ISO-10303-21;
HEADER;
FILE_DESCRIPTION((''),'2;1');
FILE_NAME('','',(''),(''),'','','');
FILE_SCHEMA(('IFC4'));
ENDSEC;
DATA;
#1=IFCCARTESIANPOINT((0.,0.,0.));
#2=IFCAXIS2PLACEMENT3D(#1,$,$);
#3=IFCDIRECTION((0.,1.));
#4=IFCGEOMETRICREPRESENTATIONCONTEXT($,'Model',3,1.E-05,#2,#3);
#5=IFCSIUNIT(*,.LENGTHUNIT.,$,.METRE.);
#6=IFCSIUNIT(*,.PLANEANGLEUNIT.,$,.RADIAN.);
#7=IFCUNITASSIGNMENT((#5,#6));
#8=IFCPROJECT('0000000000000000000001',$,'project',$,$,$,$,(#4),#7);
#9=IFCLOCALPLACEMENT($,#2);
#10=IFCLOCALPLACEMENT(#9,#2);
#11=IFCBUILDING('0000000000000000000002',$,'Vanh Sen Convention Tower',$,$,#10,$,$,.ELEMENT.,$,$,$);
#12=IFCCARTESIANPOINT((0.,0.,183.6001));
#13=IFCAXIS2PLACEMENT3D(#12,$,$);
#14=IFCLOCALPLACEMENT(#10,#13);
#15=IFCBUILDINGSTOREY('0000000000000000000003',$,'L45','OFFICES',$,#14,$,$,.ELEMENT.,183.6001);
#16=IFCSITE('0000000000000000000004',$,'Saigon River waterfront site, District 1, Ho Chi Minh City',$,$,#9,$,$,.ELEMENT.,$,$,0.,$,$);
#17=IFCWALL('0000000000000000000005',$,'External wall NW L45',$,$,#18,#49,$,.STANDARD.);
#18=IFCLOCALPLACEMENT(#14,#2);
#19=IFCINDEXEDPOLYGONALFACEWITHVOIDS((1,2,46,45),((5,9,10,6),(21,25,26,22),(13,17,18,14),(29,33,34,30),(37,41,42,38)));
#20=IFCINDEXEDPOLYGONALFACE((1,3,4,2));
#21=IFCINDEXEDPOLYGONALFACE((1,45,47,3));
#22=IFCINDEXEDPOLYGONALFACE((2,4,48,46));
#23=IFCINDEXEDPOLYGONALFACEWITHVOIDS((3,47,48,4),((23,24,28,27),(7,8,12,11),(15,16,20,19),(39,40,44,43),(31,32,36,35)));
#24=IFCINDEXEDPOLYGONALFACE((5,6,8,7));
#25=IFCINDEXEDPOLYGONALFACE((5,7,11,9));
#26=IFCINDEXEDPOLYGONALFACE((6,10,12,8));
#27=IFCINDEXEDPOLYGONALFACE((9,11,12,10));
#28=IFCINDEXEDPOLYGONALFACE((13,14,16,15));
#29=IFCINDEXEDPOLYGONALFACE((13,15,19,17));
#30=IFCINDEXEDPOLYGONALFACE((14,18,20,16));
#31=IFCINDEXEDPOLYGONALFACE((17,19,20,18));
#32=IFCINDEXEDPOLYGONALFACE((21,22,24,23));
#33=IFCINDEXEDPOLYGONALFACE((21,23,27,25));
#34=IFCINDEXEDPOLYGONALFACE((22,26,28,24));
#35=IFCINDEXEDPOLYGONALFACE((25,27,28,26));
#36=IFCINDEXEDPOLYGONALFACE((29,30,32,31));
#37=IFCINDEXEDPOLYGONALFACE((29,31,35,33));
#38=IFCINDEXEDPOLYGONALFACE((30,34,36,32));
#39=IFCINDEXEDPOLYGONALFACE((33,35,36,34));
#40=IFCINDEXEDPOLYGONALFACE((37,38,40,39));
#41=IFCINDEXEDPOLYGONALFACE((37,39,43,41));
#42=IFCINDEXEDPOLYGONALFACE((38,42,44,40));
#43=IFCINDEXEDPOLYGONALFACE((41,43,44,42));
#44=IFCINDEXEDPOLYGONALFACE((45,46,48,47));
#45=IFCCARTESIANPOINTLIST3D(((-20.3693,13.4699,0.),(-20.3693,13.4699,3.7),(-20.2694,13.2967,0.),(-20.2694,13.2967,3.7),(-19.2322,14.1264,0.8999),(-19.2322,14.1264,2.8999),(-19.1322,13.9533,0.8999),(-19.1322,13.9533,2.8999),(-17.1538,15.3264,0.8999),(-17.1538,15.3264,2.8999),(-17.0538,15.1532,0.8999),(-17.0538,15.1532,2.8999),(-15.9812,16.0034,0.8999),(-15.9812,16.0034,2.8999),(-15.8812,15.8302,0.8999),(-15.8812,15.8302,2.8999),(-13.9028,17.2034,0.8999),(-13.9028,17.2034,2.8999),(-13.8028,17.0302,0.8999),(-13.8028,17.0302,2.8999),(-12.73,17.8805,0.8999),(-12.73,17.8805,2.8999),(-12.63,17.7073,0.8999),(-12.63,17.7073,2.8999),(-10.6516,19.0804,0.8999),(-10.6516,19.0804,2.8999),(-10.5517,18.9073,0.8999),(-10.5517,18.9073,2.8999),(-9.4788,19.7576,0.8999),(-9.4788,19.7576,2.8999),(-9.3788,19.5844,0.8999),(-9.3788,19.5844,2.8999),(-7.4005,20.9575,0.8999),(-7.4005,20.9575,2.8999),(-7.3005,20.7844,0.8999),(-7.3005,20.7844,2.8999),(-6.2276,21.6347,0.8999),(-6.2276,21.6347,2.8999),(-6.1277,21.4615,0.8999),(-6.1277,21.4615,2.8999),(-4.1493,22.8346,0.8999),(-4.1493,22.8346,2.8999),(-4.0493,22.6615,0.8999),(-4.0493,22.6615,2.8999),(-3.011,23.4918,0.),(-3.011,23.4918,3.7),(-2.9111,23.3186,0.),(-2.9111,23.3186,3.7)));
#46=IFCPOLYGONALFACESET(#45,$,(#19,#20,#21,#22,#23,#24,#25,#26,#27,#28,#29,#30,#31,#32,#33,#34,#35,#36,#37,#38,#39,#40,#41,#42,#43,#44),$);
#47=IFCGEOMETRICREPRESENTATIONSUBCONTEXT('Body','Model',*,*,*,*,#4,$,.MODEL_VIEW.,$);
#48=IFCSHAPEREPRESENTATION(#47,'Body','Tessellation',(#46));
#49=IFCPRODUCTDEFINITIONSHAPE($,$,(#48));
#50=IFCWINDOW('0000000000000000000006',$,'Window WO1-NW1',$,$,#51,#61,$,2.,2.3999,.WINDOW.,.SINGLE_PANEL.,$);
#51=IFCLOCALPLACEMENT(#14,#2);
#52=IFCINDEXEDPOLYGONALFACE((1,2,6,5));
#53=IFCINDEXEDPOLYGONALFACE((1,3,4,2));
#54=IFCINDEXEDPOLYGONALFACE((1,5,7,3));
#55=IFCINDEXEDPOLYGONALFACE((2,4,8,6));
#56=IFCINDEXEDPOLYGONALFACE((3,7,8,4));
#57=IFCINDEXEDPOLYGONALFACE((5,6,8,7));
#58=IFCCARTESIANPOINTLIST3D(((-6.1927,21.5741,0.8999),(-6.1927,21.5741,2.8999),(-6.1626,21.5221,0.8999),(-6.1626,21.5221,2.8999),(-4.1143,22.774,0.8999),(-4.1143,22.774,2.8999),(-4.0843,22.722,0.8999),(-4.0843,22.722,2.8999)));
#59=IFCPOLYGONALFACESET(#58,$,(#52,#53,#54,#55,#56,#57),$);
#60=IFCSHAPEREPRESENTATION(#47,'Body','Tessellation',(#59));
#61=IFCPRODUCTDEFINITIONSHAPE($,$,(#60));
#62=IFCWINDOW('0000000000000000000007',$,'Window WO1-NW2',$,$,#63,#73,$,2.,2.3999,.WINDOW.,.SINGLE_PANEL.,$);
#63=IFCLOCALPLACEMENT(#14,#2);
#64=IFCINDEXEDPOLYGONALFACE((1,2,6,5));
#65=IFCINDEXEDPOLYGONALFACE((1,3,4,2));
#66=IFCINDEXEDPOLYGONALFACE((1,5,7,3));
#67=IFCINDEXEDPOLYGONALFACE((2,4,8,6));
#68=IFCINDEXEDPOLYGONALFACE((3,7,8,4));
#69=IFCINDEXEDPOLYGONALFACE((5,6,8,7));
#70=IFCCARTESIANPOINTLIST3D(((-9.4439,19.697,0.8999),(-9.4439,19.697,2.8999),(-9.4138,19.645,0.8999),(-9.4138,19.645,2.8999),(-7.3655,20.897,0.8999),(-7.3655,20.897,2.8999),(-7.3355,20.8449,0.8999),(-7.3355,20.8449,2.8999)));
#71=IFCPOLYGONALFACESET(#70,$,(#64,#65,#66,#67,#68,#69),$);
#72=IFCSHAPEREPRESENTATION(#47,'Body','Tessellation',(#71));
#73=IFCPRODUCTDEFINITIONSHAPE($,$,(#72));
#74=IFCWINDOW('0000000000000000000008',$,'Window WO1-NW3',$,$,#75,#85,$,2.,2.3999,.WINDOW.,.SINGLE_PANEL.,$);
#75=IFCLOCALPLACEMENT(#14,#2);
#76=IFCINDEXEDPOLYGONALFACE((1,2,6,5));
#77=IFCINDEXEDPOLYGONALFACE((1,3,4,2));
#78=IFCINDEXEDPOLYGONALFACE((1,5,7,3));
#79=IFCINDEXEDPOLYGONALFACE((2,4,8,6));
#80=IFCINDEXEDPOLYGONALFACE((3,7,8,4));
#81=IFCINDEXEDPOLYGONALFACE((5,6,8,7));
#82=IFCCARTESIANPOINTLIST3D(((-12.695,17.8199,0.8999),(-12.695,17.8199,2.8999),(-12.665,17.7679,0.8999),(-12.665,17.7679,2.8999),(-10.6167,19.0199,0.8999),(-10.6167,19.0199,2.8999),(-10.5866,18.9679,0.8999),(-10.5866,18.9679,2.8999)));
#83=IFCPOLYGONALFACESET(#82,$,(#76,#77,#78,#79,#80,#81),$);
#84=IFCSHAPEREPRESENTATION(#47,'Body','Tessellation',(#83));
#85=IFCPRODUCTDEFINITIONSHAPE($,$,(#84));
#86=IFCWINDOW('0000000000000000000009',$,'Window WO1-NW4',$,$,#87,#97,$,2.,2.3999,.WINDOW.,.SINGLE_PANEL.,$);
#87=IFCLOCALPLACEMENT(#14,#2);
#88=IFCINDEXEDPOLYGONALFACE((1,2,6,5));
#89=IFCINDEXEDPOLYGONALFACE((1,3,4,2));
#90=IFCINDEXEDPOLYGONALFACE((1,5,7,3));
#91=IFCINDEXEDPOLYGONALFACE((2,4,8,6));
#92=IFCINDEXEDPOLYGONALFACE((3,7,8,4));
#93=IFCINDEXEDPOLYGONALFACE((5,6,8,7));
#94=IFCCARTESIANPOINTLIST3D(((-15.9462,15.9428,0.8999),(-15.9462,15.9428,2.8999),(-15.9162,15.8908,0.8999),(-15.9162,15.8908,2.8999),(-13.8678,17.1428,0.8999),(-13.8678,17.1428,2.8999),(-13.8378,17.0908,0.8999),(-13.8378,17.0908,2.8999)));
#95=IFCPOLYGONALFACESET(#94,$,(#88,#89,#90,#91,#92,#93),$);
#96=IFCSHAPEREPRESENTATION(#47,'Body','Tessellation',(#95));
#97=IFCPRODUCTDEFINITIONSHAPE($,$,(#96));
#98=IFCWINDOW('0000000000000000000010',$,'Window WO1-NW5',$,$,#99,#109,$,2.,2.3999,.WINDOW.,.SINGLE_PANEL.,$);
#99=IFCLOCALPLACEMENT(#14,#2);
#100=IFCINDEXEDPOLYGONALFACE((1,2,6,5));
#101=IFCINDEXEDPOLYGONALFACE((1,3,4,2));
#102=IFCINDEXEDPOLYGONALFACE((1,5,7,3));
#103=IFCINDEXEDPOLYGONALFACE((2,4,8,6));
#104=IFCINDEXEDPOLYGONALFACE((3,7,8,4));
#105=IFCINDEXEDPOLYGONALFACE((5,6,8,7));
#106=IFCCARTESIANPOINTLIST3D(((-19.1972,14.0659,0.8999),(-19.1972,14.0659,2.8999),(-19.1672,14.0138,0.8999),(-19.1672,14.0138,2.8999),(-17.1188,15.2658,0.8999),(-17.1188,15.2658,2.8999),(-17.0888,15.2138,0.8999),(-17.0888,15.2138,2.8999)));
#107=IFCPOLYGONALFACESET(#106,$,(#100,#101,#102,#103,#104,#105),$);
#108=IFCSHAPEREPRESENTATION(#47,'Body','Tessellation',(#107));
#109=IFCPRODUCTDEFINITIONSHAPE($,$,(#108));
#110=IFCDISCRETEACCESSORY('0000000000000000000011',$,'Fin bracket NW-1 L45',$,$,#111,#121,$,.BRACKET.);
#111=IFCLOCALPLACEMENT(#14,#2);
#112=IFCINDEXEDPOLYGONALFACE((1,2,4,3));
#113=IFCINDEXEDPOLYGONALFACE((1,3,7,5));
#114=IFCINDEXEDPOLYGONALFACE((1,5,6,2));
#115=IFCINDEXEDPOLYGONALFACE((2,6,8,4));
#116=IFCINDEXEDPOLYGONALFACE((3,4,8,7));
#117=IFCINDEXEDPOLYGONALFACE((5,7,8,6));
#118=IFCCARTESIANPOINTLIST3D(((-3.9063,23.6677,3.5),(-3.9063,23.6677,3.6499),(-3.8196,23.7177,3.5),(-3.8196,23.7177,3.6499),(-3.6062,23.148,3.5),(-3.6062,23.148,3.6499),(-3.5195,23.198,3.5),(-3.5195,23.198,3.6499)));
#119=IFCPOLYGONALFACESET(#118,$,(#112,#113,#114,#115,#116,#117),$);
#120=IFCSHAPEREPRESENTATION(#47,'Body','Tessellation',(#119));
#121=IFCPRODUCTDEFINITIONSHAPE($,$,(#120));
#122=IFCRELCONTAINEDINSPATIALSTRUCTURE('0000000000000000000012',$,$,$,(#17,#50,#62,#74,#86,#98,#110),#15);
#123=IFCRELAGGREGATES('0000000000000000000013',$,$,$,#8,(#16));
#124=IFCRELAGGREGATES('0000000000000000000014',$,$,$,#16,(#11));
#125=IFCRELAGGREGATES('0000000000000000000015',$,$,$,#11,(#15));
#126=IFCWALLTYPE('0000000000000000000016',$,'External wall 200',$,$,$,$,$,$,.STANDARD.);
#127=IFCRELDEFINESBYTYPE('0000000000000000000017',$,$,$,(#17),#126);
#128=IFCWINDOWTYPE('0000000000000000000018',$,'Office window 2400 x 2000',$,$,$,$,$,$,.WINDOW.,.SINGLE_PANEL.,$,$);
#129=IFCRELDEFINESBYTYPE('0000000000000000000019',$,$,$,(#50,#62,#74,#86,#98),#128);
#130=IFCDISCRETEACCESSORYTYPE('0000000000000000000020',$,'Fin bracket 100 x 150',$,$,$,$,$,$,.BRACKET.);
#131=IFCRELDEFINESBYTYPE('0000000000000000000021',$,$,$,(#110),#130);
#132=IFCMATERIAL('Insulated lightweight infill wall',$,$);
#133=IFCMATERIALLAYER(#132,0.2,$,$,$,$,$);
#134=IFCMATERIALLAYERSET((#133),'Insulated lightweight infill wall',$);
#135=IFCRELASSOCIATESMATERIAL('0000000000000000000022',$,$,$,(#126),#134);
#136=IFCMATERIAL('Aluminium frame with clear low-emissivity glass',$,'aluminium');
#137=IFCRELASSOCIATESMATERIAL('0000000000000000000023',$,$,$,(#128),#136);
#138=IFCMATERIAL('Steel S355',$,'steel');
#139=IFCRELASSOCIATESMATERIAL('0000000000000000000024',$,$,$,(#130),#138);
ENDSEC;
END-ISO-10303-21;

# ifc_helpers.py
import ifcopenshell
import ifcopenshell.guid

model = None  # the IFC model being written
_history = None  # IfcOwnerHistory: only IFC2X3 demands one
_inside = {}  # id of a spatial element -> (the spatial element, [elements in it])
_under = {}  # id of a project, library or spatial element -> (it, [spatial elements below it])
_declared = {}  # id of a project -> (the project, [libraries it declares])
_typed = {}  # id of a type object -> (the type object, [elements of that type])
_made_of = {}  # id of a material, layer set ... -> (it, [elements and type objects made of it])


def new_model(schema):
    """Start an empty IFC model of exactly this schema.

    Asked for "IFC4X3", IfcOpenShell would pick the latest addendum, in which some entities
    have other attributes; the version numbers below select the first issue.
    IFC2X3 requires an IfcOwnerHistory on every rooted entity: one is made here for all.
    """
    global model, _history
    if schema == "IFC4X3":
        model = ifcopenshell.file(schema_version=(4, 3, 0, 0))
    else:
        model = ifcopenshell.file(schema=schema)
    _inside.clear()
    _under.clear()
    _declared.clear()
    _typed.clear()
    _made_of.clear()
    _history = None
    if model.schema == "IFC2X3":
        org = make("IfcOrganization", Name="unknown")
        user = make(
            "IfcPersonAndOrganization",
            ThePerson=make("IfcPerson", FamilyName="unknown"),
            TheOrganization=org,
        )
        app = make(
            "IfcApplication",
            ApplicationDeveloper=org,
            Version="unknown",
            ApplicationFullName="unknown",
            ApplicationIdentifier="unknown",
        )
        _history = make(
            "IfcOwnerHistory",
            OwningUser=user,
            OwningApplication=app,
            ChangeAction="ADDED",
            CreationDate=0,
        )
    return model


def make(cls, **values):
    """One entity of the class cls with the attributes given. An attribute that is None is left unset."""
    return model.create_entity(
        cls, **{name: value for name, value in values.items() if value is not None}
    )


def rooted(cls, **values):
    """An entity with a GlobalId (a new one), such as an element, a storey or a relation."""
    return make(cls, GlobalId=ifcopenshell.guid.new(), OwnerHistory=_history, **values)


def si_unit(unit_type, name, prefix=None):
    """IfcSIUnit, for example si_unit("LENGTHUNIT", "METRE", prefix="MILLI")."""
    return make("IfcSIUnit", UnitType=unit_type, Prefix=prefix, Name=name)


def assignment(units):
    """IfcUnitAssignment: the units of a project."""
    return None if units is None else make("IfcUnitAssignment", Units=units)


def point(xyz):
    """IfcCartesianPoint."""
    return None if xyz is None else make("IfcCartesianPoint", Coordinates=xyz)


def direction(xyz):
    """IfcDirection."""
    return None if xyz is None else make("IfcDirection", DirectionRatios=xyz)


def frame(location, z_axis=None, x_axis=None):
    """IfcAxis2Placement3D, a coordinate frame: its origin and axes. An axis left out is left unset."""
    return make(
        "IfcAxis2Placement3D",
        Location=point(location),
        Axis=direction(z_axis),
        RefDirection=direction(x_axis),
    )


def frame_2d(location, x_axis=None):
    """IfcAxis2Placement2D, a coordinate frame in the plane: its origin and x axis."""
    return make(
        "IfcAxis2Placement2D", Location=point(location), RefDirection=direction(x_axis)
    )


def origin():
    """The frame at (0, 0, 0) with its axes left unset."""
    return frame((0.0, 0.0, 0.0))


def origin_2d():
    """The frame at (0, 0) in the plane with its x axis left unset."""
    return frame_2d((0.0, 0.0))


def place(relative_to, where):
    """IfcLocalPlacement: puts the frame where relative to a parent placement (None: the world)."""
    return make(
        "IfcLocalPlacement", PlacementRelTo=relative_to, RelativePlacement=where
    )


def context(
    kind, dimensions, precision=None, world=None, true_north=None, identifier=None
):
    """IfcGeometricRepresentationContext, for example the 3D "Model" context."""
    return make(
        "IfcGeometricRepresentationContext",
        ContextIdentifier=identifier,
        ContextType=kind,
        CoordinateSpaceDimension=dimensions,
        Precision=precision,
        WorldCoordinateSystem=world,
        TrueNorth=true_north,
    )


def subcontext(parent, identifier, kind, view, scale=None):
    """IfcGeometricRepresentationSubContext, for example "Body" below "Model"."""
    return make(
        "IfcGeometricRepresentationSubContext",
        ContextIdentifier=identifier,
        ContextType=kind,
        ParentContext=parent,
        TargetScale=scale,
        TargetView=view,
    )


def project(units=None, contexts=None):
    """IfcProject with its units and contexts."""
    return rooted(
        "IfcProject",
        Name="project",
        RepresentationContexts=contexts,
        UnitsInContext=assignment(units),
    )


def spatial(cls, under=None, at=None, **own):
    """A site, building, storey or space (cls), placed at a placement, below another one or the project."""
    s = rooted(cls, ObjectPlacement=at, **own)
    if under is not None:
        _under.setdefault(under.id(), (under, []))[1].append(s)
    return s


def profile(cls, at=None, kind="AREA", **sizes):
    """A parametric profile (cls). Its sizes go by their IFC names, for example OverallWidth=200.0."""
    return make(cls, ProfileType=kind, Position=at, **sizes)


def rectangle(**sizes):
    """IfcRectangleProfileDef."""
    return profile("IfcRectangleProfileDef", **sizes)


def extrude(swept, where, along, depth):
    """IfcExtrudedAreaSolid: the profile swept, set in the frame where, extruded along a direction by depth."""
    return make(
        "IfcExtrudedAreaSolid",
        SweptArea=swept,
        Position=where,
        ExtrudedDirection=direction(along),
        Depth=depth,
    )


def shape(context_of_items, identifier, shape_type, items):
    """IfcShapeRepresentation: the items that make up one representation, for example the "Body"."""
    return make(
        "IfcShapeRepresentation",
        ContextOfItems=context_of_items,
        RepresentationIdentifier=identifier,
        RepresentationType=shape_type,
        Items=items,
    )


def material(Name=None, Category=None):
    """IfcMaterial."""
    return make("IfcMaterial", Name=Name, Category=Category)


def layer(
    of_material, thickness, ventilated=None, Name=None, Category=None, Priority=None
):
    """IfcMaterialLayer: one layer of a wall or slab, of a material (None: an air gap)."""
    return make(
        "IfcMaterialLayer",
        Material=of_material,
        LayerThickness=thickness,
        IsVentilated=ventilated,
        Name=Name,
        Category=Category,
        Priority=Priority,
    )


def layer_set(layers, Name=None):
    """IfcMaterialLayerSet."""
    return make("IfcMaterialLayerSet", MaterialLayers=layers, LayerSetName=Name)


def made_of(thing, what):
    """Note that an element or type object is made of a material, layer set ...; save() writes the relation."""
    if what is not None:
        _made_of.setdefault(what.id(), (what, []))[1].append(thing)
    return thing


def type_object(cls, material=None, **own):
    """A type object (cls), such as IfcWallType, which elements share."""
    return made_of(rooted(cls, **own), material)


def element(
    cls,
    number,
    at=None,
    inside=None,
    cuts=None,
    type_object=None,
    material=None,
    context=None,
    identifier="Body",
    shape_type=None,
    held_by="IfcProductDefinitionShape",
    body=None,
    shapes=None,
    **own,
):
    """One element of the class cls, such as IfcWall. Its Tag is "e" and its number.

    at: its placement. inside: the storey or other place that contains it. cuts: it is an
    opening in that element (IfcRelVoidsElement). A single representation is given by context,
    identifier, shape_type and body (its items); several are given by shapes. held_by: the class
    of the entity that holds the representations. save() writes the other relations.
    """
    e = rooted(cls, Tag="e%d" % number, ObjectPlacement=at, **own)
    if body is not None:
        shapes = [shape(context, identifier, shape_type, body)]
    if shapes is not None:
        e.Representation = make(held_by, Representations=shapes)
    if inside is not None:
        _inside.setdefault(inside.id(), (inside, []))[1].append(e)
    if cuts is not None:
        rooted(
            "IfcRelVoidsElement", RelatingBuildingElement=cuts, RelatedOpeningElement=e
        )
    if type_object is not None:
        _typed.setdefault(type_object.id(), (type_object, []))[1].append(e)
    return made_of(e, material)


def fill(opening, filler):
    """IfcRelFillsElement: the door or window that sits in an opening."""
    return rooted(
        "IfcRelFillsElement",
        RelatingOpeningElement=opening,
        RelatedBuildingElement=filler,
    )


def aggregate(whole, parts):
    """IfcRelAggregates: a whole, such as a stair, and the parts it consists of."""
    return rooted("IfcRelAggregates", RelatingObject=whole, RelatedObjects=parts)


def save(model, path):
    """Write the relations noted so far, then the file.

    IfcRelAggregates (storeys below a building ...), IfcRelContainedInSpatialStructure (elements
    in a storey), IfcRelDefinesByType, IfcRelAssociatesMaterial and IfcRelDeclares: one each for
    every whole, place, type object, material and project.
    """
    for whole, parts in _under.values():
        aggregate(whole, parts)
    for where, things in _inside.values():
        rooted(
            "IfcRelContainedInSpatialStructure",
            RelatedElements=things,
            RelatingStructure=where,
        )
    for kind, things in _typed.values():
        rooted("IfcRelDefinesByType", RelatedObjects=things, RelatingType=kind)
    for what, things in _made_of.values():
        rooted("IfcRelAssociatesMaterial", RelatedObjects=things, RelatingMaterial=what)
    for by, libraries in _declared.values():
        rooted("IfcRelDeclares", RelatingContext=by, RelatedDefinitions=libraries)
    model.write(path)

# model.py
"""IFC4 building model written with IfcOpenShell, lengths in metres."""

from ifc_helpers import new_model, si_unit, direction, frame, frame_2d, origin, origin_2d, place, context, subcontext, project, spatial, rectangle, extrude, material, layer, layer_set, type_object, element, fill, save


model = new_model("IFC4")

# Units and contexts
model_context = context("Model", 3, precision=1e-05, world=origin(), true_north=direction((0.0, 1.0)))
body_context = subcontext(model_context, "Body", "Model", "MODEL_VIEW")
ifc_project = project(units=[si_unit("LENGTHUNIT", "METRE"), si_unit("PLANEANGLEUNIT", "RADIAN")], contexts=[model_context])

# Site, building, storey
site_placement = place(None, origin())
site = spatial("IfcSite", under=ifc_project, at=site_placement, Name="Saigon River waterfront site, District 1, Ho Chi Minh City", CompositionType="ELEMENT", RefElevation=0.0)
building_placement = place(site_placement, origin())
building = spatial("IfcBuilding", under=site, at=building_placement, Name="Vanh Sen Convention Tower", CompositionType="ELEMENT")
storey_placement = place(building_placement, frame((0.0, 0.0, 183.6001)))
storey = spatial("IfcBuildingStorey", under=building, at=storey_placement, Name="L45", Description="OFFICES", CompositionType="ELEMENT", Elevation=183.6001)

# Wall, openings, windows
ifc_material_1 = material(Name="Insulated lightweight infill wall")
ifc_layer_1 = layer(ifc_material_1, 0.2)
ifc_layer_set_1 = layer_set([ifc_layer_1], Name="Insulated lightweight infill wall")
wall_type_1 = type_object("IfcWallType", Name="External wall 200", PredefinedType="STANDARD", material=ifc_layer_set_1)
wall_1_placement = place(storey_placement, frame((-2.9609, 23.4053, 0.0), z_axis=(0.0, 0.0, 1.0), x_axis=(-0.866023, -0.500004, 0.0)))
wall_1 = element("IfcWall", 1, at=wall_1_placement, inside=storey, type_object=wall_type_1, Name="External wall NW L45", PredefinedType="STANDARD", context=body_context, shape_type="SweptSolid", body=[
    extrude(rectangle(XDim=20.0437, YDim=0.2, at=frame_2d((10.022, 0.0))), origin(), (0.0, 0.0, 1.0), 3.7),
])
opening_1_placement = place(wall_1_placement, frame((1.3145, 0.0, 0.8999)))
opening_1 = element("IfcOpeningElement", 2, at=opening_1_placement, cuts=wall_1, PredefinedType="OPENING", context=body_context, shape_type="SweptSolid", body=[
    extrude(rectangle(XDim=2.3999, YDim=2.0, at=frame_2d((1.2, 1.0))), frame((0.0, 0.1099, 0.0), z_axis=(0.0, -1.0, 0.0), x_axis=(1.0, 0.0, 0.0)), (0.0, 0.0, 1.0), 0.22),
])
opening_2_placement = place(wall_1_placement, frame((5.0686, 0.0, 0.8999)))
opening_2 = element("IfcOpeningElement", 3, at=opening_2_placement, cuts=wall_1, PredefinedType="OPENING", context=body_context, shape_type="SweptSolid", body=[
    extrude(rectangle(XDim=2.3999, YDim=2.0, at=frame_2d((1.2, 1.0))), frame((0.0, 0.1099, 0.0), z_axis=(0.0, -1.0, 0.0), x_axis=(1.0, 0.0, 0.0)), (0.0, 0.0, 1.0), 0.22),
])
opening_3_placement = place(wall_1_placement, frame((8.8228, 0.0, 0.8999)))
opening_3 = element("IfcOpeningElement", 4, at=opening_3_placement, cuts=wall_1, PredefinedType="OPENING", context=body_context, shape_type="SweptSolid", body=[
    extrude(rectangle(XDim=2.3999, YDim=2.0, at=frame_2d((1.2, 1.0))), frame((0.0, 0.1099, 0.0), z_axis=(0.0, -1.0, 0.0), x_axis=(1.0, 0.0, 0.0)), (0.0, 0.0, 1.0), 0.22),
])
opening_4_placement = place(wall_1_placement, frame((12.5769, 0.0, 0.8999)))
opening_4 = element("IfcOpeningElement", 5, at=opening_4_placement, cuts=wall_1, PredefinedType="OPENING", context=body_context, shape_type="SweptSolid", body=[
    extrude(rectangle(XDim=2.3999, YDim=2.0, at=frame_2d((1.2, 1.0))), frame((0.0, 0.1099, 0.0), z_axis=(0.0, -1.0, 0.0), x_axis=(1.0, 0.0, 0.0)), (0.0, 0.0, 1.0), 0.22),
])
opening_5_placement = place(wall_1_placement, frame((16.3308, 0.0, 0.8999)))
opening_5 = element("IfcOpeningElement", 6, at=opening_5_placement, cuts=wall_1, PredefinedType="OPENING", context=body_context, shape_type="SweptSolid", body=[
    extrude(rectangle(XDim=2.3999, YDim=2.0, at=frame_2d((1.2, 1.0))), frame((0.0, 0.1099, 0.0), z_axis=(0.0, -1.0, 0.0), x_axis=(1.0, 0.0, 0.0)), (0.0, 0.0, 1.0), 0.22),
])
ifc_material_2 = material(Name="Aluminium frame with clear low-emissivity glass", Category="aluminium")
window_type = type_object("IfcWindowType", Name="Office window 2400 x 2000", PartitioningType="SINGLE_PANEL", PredefinedType="WINDOW", material=ifc_material_2)
window_1_placement = place(opening_1_placement, origin())
window_1 = element("IfcWindow", 7, at=window_1_placement, inside=storey, type_object=window_type, Name="Window WO1-NW1", OverallHeight=2.0, OverallWidth=2.3999, PartitioningType="SINGLE_PANEL", PredefinedType="WINDOW", context=body_context, shape_type="SweptSolid", body=[
    extrude(rectangle(XDim=2.3999, YDim=2.0, at=frame_2d((1.2, 1.0))), frame((0.0, 0.03, 0.0), z_axis=(0.0, -1.0, 0.0), x_axis=(1.0, 0.0, 0.0)), (0.0, 0.0, 1.0), 0.0601),
])
fill(opening_1, window_1)
window_2_placement = place(opening_2_placement, origin())
window_2 = element("IfcWindow", 8, at=window_2_placement, inside=storey, type_object=window_type, Name="Window WO1-NW2", OverallHeight=2.0, OverallWidth=2.3999, PartitioningType="SINGLE_PANEL", PredefinedType="WINDOW", context=body_context, shape_type="SweptSolid", body=[
    extrude(rectangle(XDim=2.3999, YDim=2.0, at=frame_2d((1.2, 1.0))), frame((0.0, 0.03, 0.0), z_axis=(0.0, -1.0, 0.0), x_axis=(1.0, 0.0, 0.0)), (0.0, 0.0, 1.0), 0.0601),
])
fill(opening_2, window_2)
window_3_placement = place(opening_3_placement, origin())
window_3 = element("IfcWindow", 9, at=window_3_placement, inside=storey, type_object=window_type, Name="Window WO1-NW3", OverallHeight=2.0, OverallWidth=2.3999, PartitioningType="SINGLE_PANEL", PredefinedType="WINDOW", context=body_context, shape_type="SweptSolid", body=[
    extrude(rectangle(XDim=2.3999, YDim=2.0, at=frame_2d((1.2, 1.0))), frame((0.0, 0.03, 0.0), z_axis=(0.0, -1.0, 0.0), x_axis=(1.0, 0.0, 0.0)), (0.0, 0.0, 1.0), 0.0601),
])
fill(opening_3, window_3)
window_4_placement = place(opening_4_placement, origin())
window_4 = element("IfcWindow", 10, at=window_4_placement, inside=storey, type_object=window_type, Name="Window WO1-NW4", OverallHeight=2.0, OverallWidth=2.3999, PartitioningType="SINGLE_PANEL", PredefinedType="WINDOW", context=body_context, shape_type="SweptSolid", body=[
    extrude(rectangle(XDim=2.3999, YDim=2.0, at=frame_2d((1.2, 1.0))), frame((0.0, 0.03, 0.0), z_axis=(0.0, -1.0, 0.0), x_axis=(1.0, 0.0, 0.0)), (0.0, 0.0, 1.0), 0.0601),
])
fill(opening_4, window_4)
window_5_placement = place(opening_5_placement, origin())
window_5 = element("IfcWindow", 11, at=window_5_placement, inside=storey, type_object=window_type, Name="Window WO1-NW5", OverallHeight=2.0, OverallWidth=2.3999, PartitioningType="SINGLE_PANEL", PredefinedType="WINDOW", context=body_context, shape_type="SweptSolid", body=[
    extrude(rectangle(XDim=2.3999, YDim=2.0, at=frame_2d((1.2, 1.0))), frame((0.0, 0.03, 0.0), z_axis=(0.0, -1.0, 0.0), x_axis=(1.0, 0.0, 0.0)), (0.0, 0.0, 1.0), 0.0601),
])
fill(opening_5, window_5)

# Discrete accessory
ifc_material_3 = material(Name="Steel S355", Category="steel")
discrete_accessory_type = type_object("IfcDiscreteAccessoryType", Name="Fin bracket 100 x 150", PredefinedType="BRACKET", material=ifc_material_3)
discrete_accessory_placement = place(storey_placement, frame((-3.7129, 23.4329, 3.5), z_axis=(0.0, 0.0, 1.0), x_axis=(-0.5, 0.866025, 0.0)))
element("IfcDiscreteAccessory", 12, at=discrete_accessory_placement, inside=storey, type_object=discrete_accessory_type, Name="Fin bracket NW-1 L45", PredefinedType="BRACKET", context=body_context, shape_type="SweptSolid", body=[
    extrude(rectangle(XDim=0.6001, YDim=0.1001, at=origin_2d()), origin(), (0.0, 0.0, 1.0), 0.1499),
])

save(model, "model.ifc")
